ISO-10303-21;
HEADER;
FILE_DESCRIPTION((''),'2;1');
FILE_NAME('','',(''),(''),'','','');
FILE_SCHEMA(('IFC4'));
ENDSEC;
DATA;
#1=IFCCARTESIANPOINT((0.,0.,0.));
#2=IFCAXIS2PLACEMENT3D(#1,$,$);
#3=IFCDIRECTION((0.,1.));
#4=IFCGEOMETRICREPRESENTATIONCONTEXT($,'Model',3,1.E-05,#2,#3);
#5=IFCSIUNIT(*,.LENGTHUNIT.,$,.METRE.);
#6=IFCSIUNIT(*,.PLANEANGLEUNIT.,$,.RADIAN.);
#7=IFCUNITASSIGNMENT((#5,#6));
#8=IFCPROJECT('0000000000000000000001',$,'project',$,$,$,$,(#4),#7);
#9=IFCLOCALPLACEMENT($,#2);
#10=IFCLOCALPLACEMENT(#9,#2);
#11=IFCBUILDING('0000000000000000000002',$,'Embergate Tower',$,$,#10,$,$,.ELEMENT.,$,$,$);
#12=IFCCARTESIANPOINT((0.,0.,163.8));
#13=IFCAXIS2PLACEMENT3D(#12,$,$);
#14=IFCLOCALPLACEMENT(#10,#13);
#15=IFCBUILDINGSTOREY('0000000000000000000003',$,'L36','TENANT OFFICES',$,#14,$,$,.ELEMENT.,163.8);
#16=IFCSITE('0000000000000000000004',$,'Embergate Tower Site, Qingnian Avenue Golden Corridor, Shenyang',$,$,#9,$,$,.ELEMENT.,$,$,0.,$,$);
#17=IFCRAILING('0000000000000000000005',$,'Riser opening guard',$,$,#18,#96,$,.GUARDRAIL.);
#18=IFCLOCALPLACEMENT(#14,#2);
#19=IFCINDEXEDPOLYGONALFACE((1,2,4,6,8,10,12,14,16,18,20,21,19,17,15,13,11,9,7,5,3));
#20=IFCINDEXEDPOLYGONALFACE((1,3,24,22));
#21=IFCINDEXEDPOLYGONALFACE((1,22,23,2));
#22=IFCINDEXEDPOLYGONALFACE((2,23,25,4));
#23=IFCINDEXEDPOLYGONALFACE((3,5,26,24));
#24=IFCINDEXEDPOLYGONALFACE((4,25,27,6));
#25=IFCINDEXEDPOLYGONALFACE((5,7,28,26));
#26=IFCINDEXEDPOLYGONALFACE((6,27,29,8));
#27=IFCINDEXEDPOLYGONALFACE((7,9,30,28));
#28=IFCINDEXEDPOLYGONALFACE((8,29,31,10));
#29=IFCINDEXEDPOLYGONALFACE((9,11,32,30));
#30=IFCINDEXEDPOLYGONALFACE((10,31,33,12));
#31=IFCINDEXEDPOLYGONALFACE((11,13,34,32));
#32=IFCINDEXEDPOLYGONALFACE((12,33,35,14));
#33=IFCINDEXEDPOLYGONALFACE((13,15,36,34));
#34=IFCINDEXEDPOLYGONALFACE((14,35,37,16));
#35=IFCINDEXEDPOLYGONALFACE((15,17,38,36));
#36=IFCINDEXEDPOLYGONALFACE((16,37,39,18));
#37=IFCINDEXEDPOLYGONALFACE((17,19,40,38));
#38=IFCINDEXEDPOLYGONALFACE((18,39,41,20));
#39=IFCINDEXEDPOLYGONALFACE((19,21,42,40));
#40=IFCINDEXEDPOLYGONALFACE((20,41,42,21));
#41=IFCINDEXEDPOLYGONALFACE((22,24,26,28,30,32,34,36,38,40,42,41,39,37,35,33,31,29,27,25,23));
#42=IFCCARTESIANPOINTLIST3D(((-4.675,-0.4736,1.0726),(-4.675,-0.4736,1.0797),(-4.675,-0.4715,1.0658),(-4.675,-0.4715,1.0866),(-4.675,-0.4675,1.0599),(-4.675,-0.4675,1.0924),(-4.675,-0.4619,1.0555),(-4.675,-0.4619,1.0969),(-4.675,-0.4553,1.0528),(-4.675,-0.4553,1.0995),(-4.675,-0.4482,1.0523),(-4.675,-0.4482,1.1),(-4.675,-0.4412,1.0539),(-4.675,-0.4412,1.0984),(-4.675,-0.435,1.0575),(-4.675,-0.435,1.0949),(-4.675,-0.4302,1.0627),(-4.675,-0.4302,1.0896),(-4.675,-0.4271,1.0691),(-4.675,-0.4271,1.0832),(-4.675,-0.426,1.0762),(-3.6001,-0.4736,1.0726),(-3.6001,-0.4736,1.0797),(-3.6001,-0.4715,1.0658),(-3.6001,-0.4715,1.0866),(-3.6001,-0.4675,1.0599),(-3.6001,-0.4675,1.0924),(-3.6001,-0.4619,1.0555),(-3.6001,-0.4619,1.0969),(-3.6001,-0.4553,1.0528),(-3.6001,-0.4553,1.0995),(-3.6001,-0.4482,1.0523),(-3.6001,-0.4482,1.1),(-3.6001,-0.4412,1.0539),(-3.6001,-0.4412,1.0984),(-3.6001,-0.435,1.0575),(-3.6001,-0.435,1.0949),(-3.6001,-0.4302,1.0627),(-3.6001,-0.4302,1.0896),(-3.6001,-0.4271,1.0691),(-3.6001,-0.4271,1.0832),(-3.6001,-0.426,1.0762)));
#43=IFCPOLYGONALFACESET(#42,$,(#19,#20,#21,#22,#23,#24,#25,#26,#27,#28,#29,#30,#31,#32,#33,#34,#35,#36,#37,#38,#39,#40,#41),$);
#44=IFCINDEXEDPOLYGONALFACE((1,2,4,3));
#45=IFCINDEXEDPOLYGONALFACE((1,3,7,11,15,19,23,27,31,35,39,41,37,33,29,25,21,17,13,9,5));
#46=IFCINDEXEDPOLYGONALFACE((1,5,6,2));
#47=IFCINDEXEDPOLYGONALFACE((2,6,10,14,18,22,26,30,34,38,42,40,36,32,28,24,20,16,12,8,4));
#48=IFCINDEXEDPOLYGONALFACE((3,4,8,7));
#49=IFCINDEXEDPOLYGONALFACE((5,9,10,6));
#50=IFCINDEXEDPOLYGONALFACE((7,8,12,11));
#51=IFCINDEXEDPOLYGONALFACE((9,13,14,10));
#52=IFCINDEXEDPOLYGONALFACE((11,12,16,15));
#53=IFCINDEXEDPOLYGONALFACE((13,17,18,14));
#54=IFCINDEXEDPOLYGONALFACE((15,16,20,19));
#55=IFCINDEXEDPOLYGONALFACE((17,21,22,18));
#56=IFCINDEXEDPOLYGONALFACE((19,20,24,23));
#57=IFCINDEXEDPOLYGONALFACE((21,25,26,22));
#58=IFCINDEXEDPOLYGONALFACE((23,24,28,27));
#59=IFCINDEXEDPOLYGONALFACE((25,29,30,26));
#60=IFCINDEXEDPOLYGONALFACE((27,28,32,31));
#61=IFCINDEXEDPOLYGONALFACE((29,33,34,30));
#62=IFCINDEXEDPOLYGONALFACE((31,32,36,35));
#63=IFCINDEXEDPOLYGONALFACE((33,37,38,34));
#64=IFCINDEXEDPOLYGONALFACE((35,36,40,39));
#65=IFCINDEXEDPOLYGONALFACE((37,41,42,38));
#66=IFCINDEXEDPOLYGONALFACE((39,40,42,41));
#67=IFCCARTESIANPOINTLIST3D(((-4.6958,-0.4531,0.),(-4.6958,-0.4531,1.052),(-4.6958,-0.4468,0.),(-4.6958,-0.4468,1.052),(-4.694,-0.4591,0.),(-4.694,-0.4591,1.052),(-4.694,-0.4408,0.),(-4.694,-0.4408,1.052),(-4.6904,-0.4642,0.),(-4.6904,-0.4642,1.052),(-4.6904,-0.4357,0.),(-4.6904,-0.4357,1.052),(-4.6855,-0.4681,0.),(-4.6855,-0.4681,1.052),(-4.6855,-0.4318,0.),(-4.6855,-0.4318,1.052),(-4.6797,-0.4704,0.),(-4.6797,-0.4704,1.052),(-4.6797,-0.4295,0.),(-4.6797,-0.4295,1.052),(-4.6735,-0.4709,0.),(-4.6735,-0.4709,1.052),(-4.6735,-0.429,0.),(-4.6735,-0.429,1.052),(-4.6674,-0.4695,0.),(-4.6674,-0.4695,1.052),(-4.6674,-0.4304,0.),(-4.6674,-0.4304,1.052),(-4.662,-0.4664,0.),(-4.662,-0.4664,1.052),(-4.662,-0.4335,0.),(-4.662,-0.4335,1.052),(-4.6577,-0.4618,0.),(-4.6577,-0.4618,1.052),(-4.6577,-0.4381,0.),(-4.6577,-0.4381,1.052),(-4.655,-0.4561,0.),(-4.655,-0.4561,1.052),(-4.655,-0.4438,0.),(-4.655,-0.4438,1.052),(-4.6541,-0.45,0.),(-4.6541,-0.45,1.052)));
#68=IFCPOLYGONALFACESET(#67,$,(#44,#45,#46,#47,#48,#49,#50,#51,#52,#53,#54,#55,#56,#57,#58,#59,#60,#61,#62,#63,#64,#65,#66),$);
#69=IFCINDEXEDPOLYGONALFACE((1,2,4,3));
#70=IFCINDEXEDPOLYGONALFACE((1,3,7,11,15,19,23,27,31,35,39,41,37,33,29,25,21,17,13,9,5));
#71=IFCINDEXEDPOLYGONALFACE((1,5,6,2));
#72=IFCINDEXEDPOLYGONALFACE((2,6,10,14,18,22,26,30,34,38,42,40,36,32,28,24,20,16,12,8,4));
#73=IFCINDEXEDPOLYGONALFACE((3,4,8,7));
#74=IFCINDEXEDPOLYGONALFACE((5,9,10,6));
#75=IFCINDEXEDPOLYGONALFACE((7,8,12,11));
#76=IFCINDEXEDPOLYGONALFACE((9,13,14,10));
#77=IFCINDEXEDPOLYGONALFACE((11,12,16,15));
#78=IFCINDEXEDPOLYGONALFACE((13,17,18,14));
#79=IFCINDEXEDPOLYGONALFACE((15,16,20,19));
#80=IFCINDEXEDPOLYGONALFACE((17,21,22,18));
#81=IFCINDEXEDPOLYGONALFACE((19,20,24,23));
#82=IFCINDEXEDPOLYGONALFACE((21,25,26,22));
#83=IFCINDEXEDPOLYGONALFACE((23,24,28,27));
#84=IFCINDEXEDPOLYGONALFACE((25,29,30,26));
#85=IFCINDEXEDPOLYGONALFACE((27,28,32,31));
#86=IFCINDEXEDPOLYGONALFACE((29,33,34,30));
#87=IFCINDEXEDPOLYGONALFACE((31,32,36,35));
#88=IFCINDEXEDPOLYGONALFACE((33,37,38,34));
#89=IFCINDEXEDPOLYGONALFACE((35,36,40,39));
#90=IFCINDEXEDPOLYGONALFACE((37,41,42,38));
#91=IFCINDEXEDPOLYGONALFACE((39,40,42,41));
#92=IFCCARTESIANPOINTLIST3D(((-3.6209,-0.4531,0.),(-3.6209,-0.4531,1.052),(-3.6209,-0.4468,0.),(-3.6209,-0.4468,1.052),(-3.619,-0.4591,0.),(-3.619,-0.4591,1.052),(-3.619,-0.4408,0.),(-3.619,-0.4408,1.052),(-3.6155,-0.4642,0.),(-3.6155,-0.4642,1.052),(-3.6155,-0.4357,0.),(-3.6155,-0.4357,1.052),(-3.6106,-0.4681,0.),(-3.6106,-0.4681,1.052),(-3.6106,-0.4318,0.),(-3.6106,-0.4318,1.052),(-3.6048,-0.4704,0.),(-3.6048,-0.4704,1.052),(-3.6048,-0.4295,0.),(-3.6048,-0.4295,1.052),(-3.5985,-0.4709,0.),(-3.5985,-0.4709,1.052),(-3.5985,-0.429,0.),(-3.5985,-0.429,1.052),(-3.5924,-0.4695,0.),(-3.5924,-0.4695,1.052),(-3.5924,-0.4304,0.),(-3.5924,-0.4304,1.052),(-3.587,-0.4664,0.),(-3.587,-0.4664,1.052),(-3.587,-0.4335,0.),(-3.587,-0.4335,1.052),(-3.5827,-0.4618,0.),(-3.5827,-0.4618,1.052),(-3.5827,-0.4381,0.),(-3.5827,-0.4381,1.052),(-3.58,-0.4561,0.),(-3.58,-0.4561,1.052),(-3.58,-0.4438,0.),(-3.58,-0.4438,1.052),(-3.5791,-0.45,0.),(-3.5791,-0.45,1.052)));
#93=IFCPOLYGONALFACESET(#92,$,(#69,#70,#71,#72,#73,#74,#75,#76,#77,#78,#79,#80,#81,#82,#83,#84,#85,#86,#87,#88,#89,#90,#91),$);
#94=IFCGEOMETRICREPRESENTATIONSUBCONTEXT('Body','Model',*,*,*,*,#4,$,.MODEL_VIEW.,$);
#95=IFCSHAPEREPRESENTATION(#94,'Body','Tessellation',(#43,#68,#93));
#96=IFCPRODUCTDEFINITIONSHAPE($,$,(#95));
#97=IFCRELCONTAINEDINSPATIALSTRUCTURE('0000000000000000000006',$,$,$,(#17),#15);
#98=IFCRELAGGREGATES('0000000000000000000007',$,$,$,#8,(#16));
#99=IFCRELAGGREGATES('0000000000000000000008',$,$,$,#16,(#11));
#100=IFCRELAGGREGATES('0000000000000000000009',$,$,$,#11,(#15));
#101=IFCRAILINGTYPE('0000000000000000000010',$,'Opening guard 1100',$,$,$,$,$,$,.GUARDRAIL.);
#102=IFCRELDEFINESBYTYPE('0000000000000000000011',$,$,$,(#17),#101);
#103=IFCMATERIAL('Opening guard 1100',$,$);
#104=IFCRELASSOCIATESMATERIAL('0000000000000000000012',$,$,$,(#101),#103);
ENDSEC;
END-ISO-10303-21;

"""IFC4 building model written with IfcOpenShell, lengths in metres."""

from ifc_helpers import new_model, si_unit, direction, frame, origin, origin_2d, place, context, subcontext, project, spatial, circle, extrude, source, transform, mapped, material, type_object, element, save


model = new_model("IFC4")

# Units and contexts
model_context = context("Model", 3, precision=1e-05, world=origin(), true_north=direction((0.0, 1.0)))
body_context = subcontext(model_context, "Body", "Model", "MODEL_VIEW")
ifc_project = project(units=[si_unit("LENGTHUNIT", "METRE"), si_unit("PLANEANGLEUNIT", "RADIAN")], contexts=[model_context])

# Site, building, storey
site_placement = place(None, origin())
site = spatial("IfcSite", under=ifc_project, at=site_placement, Name="Embergate Tower Site, Qingnian Avenue Golden Corridor, Shenyang", CompositionType="ELEMENT", RefElevation=0.0)
building_placement = place(site_placement, origin())
building = spatial("IfcBuilding", under=site, at=building_placement, Name="Embergate Tower", CompositionType="ELEMENT")
storey_placement = place(building_placement, frame((0.0, 0.0, 163.8)))
storey = spatial("IfcBuildingStorey", under=building, at=storey_placement, Name="L36", Description="TENANT OFFICES", CompositionType="ELEMENT", Elevation=163.8)

# Railing
ifc_material_1 = material(Name="Opening guard 1100")
railing_type_1 = type_object("IfcRailingType", Name="Opening guard 1100", PredefinedType="GUARDRAIL", material=ifc_material_1)
shared_shape_1 = source(origin(), body_context, "Body", "SweptSolid", [
    extrude(circle(Radius=0.0239, at=origin_2d()), frame((0.0, 0.0, 1.0762), z_axis=(1.0, 0.0, 0.0), x_axis=(0.0, 1.0, 0.0)), (0.0, 0.0, 1.0), 1.075),
    extrude(circle(Radius=0.021, at=origin_2d()), origin(), (0.0, 0.0, 1.0), 1.052),
    extrude(circle(Radius=0.021, at=origin_2d()), frame((1.075, 0.0, 0.0)), (0.0, 0.0, 1.0), 1.052),
])
railing_1_placement = place(storey_placement, frame((-4.675, -0.45, 0.0)))
element("IfcRailing", 1, at=railing_1_placement, inside=storey, type_object=railing_type_1, Name="Riser opening guard", PredefinedType="GUARDRAIL", context=body_context, shape_type="MappedRepresentation", body=[
    mapped(shared_shape_1, transform((0.0, 0.0, 0.0))),
])

save(model, "model.ifc")
